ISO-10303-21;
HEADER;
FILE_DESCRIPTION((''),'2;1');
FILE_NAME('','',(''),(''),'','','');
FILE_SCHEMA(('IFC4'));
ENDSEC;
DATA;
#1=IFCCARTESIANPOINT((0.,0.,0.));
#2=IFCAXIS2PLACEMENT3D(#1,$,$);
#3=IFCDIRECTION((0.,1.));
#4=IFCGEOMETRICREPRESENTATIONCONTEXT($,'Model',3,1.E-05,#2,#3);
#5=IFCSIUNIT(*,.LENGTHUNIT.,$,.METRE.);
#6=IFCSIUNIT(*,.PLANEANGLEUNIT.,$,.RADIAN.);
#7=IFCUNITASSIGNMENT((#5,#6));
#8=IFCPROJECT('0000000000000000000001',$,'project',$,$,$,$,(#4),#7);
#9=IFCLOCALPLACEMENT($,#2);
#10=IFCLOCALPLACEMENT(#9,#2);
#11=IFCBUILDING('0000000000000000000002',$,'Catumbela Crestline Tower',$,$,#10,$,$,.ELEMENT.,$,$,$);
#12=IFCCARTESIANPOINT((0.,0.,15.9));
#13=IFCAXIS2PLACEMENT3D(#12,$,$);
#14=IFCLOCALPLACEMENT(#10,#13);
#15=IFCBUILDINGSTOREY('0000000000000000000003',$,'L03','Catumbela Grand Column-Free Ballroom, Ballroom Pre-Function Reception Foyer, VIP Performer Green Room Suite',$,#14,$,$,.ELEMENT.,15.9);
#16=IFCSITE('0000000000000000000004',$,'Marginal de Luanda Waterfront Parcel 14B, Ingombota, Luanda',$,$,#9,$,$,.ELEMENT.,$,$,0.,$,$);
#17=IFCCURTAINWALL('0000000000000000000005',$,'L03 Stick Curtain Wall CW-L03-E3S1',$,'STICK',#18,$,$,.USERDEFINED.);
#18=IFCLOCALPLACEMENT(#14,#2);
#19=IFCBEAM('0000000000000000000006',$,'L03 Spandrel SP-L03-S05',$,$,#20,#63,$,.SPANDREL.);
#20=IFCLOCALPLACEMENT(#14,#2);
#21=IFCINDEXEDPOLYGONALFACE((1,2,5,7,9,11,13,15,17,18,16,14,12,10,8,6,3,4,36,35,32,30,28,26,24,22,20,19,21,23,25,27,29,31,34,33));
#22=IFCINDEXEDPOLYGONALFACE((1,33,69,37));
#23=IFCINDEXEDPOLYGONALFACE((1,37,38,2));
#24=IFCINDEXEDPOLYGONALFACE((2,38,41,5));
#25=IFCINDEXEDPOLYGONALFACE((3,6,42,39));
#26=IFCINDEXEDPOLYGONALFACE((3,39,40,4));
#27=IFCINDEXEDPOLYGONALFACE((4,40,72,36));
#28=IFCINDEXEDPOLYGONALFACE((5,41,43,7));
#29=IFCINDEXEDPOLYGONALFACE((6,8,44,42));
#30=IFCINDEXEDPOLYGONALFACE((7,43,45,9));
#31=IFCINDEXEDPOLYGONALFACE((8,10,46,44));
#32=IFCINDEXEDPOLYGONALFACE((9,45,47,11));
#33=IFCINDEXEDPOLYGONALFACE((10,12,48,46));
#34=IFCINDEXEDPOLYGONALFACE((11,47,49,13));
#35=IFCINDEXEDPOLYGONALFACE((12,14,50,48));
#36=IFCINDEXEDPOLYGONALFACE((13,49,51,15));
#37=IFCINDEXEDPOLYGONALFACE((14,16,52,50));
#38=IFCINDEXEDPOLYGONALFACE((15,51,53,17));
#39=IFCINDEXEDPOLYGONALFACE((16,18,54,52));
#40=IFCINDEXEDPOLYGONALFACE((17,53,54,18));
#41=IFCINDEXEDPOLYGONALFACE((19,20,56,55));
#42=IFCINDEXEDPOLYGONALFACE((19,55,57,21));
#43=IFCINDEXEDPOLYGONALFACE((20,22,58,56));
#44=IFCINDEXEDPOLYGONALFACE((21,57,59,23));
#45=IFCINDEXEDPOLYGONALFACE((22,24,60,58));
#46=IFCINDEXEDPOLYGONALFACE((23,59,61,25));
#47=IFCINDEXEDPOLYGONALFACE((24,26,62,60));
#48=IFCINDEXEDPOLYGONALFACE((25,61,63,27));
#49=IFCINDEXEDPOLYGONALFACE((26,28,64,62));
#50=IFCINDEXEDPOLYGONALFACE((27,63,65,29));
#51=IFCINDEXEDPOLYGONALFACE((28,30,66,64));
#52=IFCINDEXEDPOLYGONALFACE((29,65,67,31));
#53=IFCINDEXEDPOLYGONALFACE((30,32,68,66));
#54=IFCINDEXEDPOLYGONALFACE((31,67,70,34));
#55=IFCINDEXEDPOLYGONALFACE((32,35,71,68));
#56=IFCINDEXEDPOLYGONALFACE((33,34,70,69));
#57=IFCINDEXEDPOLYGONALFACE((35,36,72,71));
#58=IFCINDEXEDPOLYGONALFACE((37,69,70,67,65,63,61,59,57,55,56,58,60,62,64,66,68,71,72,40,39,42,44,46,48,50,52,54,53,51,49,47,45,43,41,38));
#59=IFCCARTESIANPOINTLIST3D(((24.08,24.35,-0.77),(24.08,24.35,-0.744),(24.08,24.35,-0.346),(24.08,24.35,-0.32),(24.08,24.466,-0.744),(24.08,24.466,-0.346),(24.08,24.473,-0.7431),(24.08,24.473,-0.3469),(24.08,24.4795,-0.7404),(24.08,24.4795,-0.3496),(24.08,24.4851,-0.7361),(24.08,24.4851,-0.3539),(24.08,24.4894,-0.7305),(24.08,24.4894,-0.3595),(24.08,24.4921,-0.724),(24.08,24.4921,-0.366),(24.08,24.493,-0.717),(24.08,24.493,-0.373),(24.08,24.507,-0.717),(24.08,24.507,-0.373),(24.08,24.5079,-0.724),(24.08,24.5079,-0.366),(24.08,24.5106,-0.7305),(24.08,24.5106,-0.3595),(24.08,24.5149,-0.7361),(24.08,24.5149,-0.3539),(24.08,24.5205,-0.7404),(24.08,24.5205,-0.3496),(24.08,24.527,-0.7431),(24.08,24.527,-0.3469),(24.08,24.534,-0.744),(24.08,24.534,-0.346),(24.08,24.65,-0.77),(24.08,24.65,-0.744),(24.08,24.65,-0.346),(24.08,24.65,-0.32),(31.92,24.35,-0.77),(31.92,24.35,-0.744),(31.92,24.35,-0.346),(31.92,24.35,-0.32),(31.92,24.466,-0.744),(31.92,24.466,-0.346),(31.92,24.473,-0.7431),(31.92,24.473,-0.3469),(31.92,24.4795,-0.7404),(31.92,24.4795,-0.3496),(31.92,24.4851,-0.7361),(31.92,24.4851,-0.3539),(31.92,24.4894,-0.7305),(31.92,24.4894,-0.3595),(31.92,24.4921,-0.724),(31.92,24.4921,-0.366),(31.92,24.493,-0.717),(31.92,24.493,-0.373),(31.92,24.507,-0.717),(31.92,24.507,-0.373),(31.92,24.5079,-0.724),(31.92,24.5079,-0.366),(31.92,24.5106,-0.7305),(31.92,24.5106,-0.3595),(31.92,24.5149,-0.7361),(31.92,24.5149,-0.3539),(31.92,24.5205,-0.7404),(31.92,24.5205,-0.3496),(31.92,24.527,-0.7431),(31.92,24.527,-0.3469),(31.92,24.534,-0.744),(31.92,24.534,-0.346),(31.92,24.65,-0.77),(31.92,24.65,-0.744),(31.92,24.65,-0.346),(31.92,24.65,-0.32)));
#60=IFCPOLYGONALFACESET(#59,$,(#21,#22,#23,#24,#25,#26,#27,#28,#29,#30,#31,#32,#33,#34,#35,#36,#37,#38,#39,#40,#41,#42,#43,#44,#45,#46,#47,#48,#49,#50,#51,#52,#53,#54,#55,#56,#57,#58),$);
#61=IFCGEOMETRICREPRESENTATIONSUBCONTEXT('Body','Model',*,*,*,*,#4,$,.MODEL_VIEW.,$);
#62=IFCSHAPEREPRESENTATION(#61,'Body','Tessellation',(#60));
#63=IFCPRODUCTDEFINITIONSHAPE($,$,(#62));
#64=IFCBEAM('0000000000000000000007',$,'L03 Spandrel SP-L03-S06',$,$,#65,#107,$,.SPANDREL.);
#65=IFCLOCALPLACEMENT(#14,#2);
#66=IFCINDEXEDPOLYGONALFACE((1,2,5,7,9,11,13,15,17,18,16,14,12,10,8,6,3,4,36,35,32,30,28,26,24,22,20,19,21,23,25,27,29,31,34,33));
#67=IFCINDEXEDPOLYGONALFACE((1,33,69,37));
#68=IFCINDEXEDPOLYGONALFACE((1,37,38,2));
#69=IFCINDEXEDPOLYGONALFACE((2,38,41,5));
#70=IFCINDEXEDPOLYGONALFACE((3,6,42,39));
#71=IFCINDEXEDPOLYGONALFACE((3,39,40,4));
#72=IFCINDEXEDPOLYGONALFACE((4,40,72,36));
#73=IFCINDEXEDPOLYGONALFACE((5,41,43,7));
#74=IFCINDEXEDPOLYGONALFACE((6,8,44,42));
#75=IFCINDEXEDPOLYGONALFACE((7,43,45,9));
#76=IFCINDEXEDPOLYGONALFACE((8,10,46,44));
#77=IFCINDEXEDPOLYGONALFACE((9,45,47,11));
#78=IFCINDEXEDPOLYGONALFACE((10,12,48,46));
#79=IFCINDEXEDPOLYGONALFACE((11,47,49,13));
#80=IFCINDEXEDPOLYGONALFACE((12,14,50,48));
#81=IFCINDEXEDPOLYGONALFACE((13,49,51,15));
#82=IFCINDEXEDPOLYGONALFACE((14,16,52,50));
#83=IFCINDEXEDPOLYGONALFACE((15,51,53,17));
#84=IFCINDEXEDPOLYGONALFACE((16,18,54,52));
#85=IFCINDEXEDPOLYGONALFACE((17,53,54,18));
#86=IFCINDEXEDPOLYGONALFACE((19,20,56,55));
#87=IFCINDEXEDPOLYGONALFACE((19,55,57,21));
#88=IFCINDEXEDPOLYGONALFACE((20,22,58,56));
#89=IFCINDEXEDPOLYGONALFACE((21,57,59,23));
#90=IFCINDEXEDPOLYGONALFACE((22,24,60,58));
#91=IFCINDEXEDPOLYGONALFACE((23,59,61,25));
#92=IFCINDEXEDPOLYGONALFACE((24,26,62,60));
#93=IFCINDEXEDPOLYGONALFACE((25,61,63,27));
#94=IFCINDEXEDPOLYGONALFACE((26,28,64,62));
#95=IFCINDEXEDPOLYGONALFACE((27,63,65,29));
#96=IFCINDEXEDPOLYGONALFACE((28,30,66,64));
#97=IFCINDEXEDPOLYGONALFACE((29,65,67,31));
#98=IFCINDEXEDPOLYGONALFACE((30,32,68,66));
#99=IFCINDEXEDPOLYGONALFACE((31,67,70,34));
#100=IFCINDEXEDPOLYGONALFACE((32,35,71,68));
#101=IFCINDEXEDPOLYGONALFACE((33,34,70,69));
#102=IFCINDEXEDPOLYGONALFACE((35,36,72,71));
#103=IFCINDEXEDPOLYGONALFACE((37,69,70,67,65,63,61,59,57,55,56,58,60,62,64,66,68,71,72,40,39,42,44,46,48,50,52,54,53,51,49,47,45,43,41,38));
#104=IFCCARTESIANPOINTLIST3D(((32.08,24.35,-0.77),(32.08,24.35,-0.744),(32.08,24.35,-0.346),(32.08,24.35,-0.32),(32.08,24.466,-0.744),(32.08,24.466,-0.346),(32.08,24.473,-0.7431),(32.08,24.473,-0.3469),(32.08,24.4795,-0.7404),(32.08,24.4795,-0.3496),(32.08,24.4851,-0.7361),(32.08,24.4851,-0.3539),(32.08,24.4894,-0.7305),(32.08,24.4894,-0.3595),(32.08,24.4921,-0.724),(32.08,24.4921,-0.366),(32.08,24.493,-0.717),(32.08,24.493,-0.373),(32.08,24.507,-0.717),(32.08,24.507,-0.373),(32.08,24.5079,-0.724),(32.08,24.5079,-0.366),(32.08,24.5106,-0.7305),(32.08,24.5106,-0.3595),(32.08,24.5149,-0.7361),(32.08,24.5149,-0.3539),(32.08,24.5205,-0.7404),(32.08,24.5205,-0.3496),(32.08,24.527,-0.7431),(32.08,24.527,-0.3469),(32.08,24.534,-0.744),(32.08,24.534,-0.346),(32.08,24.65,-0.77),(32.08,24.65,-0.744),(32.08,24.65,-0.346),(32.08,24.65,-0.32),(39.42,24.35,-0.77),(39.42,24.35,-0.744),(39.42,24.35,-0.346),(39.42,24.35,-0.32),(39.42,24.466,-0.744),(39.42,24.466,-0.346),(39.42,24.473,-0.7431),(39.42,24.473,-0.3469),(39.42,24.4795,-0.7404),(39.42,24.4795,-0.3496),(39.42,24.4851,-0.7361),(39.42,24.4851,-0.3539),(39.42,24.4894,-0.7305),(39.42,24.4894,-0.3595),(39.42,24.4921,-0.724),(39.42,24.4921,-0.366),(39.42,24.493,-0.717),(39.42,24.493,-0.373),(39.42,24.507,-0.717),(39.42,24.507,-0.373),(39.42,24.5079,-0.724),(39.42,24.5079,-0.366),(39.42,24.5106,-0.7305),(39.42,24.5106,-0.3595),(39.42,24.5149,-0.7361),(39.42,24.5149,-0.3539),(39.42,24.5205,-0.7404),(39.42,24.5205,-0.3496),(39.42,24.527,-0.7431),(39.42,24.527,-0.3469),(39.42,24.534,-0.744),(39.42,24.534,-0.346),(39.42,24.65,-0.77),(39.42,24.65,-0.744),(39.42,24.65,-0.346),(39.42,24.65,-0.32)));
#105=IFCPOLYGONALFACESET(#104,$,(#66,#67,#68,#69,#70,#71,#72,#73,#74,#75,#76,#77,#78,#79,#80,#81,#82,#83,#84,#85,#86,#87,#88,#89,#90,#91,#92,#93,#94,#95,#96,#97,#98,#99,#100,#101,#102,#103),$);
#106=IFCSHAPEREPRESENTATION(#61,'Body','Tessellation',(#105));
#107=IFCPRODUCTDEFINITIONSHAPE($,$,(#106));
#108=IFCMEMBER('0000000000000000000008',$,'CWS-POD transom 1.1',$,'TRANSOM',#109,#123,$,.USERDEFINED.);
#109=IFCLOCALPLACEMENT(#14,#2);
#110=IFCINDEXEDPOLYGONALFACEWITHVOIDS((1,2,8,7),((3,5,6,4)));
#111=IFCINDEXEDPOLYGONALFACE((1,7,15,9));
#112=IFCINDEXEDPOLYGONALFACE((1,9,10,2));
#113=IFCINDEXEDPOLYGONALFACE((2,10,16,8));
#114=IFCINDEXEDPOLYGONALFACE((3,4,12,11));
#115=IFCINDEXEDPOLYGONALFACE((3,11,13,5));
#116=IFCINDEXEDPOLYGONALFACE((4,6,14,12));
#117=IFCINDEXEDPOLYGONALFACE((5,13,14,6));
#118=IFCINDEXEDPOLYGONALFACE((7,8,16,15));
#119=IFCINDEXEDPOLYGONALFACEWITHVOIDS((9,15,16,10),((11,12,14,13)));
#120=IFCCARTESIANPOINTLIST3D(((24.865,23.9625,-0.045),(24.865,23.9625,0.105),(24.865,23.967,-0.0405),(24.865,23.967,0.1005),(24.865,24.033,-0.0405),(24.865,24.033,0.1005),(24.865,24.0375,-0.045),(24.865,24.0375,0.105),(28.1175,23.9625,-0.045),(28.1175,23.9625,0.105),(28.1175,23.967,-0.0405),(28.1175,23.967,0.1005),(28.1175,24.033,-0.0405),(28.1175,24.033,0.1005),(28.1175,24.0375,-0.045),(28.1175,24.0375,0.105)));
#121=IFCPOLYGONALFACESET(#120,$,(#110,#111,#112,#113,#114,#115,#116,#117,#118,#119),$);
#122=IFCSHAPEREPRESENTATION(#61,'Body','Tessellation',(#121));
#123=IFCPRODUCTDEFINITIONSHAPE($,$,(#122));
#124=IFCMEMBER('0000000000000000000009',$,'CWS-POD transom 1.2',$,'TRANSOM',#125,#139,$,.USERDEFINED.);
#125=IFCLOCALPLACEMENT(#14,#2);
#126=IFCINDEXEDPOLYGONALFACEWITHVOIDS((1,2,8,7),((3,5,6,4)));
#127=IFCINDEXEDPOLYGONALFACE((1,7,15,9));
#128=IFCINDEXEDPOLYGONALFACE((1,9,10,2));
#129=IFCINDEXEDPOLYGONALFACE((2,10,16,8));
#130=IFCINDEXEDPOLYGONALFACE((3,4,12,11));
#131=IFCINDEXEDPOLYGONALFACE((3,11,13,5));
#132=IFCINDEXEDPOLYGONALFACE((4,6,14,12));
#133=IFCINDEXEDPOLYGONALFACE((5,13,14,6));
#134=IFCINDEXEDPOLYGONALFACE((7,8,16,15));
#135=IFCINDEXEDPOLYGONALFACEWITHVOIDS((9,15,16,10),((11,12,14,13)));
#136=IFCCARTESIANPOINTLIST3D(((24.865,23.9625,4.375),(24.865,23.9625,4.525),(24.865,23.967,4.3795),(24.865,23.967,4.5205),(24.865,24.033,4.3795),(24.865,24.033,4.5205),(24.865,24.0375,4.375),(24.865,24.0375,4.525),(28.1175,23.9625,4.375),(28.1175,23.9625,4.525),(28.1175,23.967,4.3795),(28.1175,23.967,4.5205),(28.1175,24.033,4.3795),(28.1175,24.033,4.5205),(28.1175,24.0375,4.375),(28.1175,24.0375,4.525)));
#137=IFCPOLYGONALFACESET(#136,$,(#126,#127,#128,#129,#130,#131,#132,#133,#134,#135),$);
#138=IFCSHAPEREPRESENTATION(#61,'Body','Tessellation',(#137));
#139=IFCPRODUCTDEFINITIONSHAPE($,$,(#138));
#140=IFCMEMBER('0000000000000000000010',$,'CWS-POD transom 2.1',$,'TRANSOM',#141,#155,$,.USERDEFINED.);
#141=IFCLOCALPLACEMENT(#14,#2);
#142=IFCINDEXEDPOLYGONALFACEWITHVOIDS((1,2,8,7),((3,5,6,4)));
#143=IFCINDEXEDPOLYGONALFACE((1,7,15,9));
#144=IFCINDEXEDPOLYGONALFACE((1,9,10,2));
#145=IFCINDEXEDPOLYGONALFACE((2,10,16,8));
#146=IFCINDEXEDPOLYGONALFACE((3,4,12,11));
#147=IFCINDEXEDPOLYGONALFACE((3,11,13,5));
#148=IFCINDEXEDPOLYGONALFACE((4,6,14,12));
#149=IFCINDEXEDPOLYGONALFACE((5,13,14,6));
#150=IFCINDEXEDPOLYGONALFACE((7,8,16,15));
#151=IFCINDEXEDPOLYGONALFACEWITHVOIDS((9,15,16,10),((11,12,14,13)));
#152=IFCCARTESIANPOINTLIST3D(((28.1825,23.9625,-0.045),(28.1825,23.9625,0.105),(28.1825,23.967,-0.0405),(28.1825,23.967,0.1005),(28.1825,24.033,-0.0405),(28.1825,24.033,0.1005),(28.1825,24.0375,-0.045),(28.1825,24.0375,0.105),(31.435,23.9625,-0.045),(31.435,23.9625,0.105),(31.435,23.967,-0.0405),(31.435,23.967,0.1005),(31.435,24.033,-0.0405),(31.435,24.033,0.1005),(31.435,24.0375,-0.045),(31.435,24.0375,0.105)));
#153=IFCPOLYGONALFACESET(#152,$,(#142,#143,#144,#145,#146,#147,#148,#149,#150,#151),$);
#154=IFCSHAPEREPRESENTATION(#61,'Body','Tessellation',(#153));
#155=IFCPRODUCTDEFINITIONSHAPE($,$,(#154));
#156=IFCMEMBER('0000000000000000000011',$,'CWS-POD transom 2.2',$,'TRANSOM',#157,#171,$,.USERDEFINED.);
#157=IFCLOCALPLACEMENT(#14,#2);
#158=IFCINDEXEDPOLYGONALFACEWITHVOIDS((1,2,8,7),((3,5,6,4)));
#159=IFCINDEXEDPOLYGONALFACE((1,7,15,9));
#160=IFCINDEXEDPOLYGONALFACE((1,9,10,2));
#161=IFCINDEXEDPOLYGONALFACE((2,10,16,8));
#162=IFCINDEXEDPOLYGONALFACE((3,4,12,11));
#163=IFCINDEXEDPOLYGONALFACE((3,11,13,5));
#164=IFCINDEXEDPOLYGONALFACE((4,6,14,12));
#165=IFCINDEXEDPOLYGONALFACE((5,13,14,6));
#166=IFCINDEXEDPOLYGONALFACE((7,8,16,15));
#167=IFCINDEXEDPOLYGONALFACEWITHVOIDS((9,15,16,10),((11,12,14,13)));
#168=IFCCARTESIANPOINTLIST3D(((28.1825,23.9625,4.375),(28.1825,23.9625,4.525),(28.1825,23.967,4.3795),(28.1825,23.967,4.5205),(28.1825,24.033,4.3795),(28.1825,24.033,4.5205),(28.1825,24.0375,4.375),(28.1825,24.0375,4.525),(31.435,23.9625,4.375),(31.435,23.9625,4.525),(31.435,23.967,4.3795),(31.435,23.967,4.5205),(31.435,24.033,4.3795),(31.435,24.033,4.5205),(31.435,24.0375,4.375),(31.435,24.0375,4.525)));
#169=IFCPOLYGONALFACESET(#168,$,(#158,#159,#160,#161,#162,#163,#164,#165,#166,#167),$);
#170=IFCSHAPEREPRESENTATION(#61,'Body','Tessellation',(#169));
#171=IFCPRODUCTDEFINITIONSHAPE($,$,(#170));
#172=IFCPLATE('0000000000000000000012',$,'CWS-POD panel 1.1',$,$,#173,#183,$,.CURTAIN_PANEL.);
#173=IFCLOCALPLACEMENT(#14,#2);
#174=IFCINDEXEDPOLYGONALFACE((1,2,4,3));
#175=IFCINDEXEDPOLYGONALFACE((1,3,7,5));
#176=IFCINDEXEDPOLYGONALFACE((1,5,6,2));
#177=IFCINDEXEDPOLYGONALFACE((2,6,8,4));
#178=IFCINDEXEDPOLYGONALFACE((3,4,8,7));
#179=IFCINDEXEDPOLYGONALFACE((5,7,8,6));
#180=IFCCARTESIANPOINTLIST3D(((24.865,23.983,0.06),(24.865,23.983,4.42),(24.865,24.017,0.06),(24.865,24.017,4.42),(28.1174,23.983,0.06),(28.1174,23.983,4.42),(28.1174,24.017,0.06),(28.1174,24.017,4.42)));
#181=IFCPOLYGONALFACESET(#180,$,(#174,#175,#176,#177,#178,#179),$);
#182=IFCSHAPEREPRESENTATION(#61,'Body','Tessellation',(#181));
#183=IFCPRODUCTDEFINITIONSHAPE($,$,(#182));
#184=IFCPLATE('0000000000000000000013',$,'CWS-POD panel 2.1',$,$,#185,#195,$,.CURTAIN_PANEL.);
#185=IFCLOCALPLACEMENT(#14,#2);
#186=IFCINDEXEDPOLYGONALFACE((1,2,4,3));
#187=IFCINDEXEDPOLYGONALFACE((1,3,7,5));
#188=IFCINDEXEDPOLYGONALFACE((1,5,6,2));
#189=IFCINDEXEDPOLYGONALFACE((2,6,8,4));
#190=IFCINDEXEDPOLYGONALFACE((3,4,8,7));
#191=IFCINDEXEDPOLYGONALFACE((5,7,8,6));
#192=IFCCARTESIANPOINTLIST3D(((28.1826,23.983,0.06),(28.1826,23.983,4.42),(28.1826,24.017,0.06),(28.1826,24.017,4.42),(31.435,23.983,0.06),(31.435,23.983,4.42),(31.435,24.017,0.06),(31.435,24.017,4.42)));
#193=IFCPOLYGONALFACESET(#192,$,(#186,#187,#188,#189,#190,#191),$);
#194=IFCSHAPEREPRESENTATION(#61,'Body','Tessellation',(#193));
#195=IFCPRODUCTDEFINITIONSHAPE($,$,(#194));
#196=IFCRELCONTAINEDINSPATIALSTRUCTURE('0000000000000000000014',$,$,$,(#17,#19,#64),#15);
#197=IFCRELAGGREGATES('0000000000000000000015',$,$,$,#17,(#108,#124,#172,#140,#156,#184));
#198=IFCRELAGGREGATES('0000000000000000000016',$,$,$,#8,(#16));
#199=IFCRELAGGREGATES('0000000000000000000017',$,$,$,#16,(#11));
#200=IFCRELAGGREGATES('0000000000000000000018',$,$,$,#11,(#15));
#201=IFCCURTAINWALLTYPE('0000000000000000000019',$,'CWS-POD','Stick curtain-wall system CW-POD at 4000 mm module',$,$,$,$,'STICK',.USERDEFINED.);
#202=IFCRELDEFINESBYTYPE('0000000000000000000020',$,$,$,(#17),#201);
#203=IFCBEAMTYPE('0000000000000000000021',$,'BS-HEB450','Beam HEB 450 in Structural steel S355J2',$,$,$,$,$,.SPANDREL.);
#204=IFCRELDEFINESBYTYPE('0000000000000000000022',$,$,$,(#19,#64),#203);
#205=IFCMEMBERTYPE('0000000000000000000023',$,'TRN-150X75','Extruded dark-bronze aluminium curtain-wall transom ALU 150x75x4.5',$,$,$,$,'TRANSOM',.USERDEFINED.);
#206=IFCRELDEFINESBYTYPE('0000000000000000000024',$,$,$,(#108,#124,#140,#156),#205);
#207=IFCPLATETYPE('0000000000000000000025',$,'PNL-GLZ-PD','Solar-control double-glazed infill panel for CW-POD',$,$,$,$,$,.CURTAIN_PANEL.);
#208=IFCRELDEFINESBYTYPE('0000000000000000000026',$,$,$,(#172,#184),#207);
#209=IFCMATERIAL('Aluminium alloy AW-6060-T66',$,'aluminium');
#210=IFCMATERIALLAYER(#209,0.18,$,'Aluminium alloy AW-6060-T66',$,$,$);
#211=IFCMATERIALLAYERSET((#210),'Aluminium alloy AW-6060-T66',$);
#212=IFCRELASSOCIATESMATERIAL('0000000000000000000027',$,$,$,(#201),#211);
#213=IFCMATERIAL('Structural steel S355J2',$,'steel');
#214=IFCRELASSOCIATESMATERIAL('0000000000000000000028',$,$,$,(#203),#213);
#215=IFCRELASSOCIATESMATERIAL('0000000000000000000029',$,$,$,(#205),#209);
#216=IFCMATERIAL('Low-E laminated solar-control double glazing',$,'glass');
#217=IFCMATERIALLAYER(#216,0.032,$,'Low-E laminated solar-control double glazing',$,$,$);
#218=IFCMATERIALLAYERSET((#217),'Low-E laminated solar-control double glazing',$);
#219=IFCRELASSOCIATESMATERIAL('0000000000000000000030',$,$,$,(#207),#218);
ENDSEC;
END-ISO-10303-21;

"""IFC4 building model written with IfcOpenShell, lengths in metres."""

from ifc_helpers import new_model, si_unit, direction, frame, origin, origin_2d, place, context, subcontext, project, spatial, rectangle, hollow_rectangle, i_section, extrude, material, layer, layer_set, material_profile, profile_set, type_object, element, aggregate, save


model = new_model("IFC4")

# Units and contexts
model_context = context("Model", 3, precision=1e-05, world=origin(), true_north=direction((0.0, 1.0)))
body_context = subcontext(model_context, "Body", "Model", "MODEL_VIEW")
ifc_project = project(units=[si_unit("LENGTHUNIT", "METRE"), si_unit("PLANEANGLEUNIT", "RADIAN")], contexts=[model_context])

# Site, building, storey
site_placement = place(None, origin())
site = spatial("IfcSite", under=ifc_project, at=site_placement, Name="Marginal de Luanda Waterfront Parcel 14B, Ingombota, Luanda", CompositionType="ELEMENT", RefElevation=0.0)
building_placement = place(site_placement, origin())
building = spatial("IfcBuilding", under=site, at=building_placement, Name="Catumbela Crestline Tower", CompositionType="ELEMENT")
storey_placement = place(building_placement, frame((0.0, 0.0, 15.9)))
storey = spatial("IfcBuildingStorey", under=building, at=storey_placement, Name="L03", Description="Catumbela Grand Column-Free Ballroom, Ballroom Pre-Function Reception Foyer, VIP Performer Green Room Suite", CompositionType="ELEMENT", Elevation=15.9)

# Shared definitions
ifc_material_1 = material(Name="Structural steel S355J2", Category="steel")

# Shared definitions
ifc_material_2 = material(Name="Aluminium alloy AW-6060-T66", Category="aluminium")
ifc_layer_1 = layer(ifc_material_2, 0.18, Name="Aluminium alloy AW-6060-T66")
ifc_layer_set_1 = layer_set([ifc_layer_1], Name="Aluminium alloy AW-6060-T66")
curtain_wall_type = type_object("IfcCurtainWallType", Name="CWS-POD", Description="Stick curtain-wall system CW-POD at 4000 mm module", ElementType="STICK", PredefinedType="USERDEFINED", material=ifc_layer_set_1)

# Curtain wall
curtain_wall_1_placement = place(storey_placement, origin())
curtain_wall_1 = element("IfcCurtainWall", 1, at=curtain_wall_1_placement, inside=storey, type_object=curtain_wall_type, Name="L03 Stick Curtain Wall CW-L03-E3S1", ObjectType="STICK", PredefinedType="USERDEFINED")

# Beams
ifc_material_profile_1 = material_profile(ifc_material_1, i_section(OverallWidth=0.3, OverallDepth=0.45, WebThickness=0.014, FlangeThickness=0.026, FilletRadius=0.027, at=origin_2d()), Name="HEB 450")
ifc_profile_set_1 = profile_set([ifc_material_profile_1], Name="Structural steel S355J2")
beam_type_1 = type_object("IfcBeamType", Name="BS-HEB450", Description="Beam HEB 450 in Structural steel S355J2", PredefinedType="SPANDREL", material=ifc_profile_set_1)
beam_1_placement = place(storey_placement, frame((24.08, 24.5, -0.545), z_axis=(1.0, 0.0, 0.0), x_axis=(0.0, 1.0, 0.0)))
element("IfcBeam", 2, at=beam_1_placement, inside=storey, type_object=beam_type_1, Name="L03 Spandrel SP-L03-S05", PredefinedType="SPANDREL", context=body_context, shape_type="SweptSolid", body=[
    extrude(i_section(OverallWidth=0.3, OverallDepth=0.45, WebThickness=0.014, FlangeThickness=0.026, FilletRadius=0.027, at=origin_2d()), origin(), (0.0, 0.0, 1.0), 7.84),
])
beam_2_placement = place(storey_placement, frame((32.08, 24.5, -0.545), z_axis=(1.0, 0.0, 0.0), x_axis=(0.0, 1.0, 0.0)))
element("IfcBeam", 3, at=beam_2_placement, inside=storey, type_object=beam_type_1, Name="L03 Spandrel SP-L03-S06", PredefinedType="SPANDREL", context=body_context, shape_type="SweptSolid", body=[
    extrude(i_section(OverallWidth=0.3, OverallDepth=0.45, WebThickness=0.014, FlangeThickness=0.026, FilletRadius=0.027, at=origin_2d()), origin(), (0.0, 0.0, 1.0), 7.34),
])

# Members
ifc_material_profile_2 = material_profile(ifc_material_2, hollow_rectangle(XDim=0.075, YDim=0.15, WallThickness=0.0045, at=origin_2d()), Name="ALU 150x75x4.5")
ifc_profile_set_2 = profile_set([ifc_material_profile_2], Name="Aluminium alloy AW-6060-T66")
member_type_1 = type_object("IfcMemberType", Name="TRN-150X75", Description="Extruded dark-bronze aluminium curtain-wall transom ALU 150x75x4.5", ElementType="TRANSOM", PredefinedType="USERDEFINED", material=ifc_profile_set_2)
member_1_placement = place(storey_placement, frame((24.865, 24.0, 0.03), z_axis=(1.0, 0.0, 0.0), x_axis=(0.0, 1.0, 0.0)))
member_1 = element("IfcMember", 4, at=member_1_placement, type_object=member_type_1, Name="CWS-POD transom 1.1", ObjectType="TRANSOM", PredefinedType="USERDEFINED", context=body_context, shape_type="SweptSolid", body=[
    extrude(hollow_rectangle(XDim=0.075, YDim=0.15, WallThickness=0.0045, at=origin_2d()), origin(), (0.0, 0.0, 1.0), 3.2525),
])
member_2_placement = place(storey_placement, frame((24.865, 24.0, 4.45), z_axis=(1.0, 0.0, 0.0), x_axis=(0.0, 1.0, 0.0)))
member_2 = element("IfcMember", 5, at=member_2_placement, type_object=member_type_1, Name="CWS-POD transom 1.2", ObjectType="TRANSOM", PredefinedType="USERDEFINED", context=body_context, shape_type="SweptSolid", body=[
    extrude(hollow_rectangle(XDim=0.075, YDim=0.15, WallThickness=0.0045, at=origin_2d()), origin(), (0.0, 0.0, 1.0), 3.2525),
])
member_3_placement = place(storey_placement, frame((28.1825, 24.0, 0.03), z_axis=(1.0, 0.0, 0.0), x_axis=(0.0, 1.0, 0.0)))
member_3 = element("IfcMember", 6, at=member_3_placement, type_object=member_type_1, Name="CWS-POD transom 2.1", ObjectType="TRANSOM", PredefinedType="USERDEFINED", context=body_context, shape_type="SweptSolid", body=[
    extrude(hollow_rectangle(XDim=0.075, YDim=0.15, WallThickness=0.0045, at=origin_2d()), origin(), (0.0, 0.0, 1.0), 3.2525),
])
member_4_placement = place(storey_placement, frame((28.1825, 24.0, 4.45), z_axis=(1.0, 0.0, 0.0), x_axis=(0.0, 1.0, 0.0)))
member_4 = element("IfcMember", 7, at=member_4_placement, type_object=member_type_1, Name="CWS-POD transom 2.2", ObjectType="TRANSOM", PredefinedType="USERDEFINED", context=body_context, shape_type="SweptSolid", body=[
    extrude(hollow_rectangle(XDim=0.075, YDim=0.15, WallThickness=0.0045, at=origin_2d()), origin(), (0.0, 0.0, 1.0), 3.2525),
])

# Plates
ifc_material_3 = material(Name="Low-E laminated solar-control double glazing", Category="glass")
ifc_layer_2 = layer(ifc_material_3, 0.032, Name="Low-E laminated solar-control double glazing")
ifc_layer_set_2 = layer_set([ifc_layer_2], Name="Low-E laminated solar-control double glazing")
plate_type = type_object("IfcPlateType", Name="PNL-GLZ-PD", Description="Solar-control double-glazed infill panel for CW-POD", PredefinedType="CURTAIN_PANEL", material=ifc_layer_set_2)
plate_1_placement = place(storey_placement, frame((26.4912, 24.0, 0.06), z_axis=(0.0, 0.0, 1.0), x_axis=(1.0, 0.0, 0.0)))
plate_1 = element("IfcPlate", 8, at=plate_1_placement, type_object=plate_type, Name="CWS-POD panel 1.1", PredefinedType="CURTAIN_PANEL", context=body_context, shape_type="SweptSolid", body=[
    extrude(rectangle(XDim=3.2525, YDim=0.034, at=origin_2d()), origin(), (0.0, 0.0, 1.0), 4.36),
])
plate_2_placement = place(storey_placement, frame((29.8088, 24.0, 0.06), z_axis=(0.0, 0.0, 1.0), x_axis=(1.0, 0.0, 0.0)))
plate_2 = element("IfcPlate", 9, at=plate_2_placement, type_object=plate_type, Name="CWS-POD panel 2.1", PredefinedType="CURTAIN_PANEL", context=body_context, shape_type="SweptSolid", body=[
    extrude(rectangle(XDim=3.2525, YDim=0.034, at=origin_2d()), origin(), (0.0, 0.0, 1.0), 4.36),
])
aggregate(curtain_wall_1, [member_1, member_2, plate_1, member_3, member_4, plate_2])

save(model, "model.ifc")
